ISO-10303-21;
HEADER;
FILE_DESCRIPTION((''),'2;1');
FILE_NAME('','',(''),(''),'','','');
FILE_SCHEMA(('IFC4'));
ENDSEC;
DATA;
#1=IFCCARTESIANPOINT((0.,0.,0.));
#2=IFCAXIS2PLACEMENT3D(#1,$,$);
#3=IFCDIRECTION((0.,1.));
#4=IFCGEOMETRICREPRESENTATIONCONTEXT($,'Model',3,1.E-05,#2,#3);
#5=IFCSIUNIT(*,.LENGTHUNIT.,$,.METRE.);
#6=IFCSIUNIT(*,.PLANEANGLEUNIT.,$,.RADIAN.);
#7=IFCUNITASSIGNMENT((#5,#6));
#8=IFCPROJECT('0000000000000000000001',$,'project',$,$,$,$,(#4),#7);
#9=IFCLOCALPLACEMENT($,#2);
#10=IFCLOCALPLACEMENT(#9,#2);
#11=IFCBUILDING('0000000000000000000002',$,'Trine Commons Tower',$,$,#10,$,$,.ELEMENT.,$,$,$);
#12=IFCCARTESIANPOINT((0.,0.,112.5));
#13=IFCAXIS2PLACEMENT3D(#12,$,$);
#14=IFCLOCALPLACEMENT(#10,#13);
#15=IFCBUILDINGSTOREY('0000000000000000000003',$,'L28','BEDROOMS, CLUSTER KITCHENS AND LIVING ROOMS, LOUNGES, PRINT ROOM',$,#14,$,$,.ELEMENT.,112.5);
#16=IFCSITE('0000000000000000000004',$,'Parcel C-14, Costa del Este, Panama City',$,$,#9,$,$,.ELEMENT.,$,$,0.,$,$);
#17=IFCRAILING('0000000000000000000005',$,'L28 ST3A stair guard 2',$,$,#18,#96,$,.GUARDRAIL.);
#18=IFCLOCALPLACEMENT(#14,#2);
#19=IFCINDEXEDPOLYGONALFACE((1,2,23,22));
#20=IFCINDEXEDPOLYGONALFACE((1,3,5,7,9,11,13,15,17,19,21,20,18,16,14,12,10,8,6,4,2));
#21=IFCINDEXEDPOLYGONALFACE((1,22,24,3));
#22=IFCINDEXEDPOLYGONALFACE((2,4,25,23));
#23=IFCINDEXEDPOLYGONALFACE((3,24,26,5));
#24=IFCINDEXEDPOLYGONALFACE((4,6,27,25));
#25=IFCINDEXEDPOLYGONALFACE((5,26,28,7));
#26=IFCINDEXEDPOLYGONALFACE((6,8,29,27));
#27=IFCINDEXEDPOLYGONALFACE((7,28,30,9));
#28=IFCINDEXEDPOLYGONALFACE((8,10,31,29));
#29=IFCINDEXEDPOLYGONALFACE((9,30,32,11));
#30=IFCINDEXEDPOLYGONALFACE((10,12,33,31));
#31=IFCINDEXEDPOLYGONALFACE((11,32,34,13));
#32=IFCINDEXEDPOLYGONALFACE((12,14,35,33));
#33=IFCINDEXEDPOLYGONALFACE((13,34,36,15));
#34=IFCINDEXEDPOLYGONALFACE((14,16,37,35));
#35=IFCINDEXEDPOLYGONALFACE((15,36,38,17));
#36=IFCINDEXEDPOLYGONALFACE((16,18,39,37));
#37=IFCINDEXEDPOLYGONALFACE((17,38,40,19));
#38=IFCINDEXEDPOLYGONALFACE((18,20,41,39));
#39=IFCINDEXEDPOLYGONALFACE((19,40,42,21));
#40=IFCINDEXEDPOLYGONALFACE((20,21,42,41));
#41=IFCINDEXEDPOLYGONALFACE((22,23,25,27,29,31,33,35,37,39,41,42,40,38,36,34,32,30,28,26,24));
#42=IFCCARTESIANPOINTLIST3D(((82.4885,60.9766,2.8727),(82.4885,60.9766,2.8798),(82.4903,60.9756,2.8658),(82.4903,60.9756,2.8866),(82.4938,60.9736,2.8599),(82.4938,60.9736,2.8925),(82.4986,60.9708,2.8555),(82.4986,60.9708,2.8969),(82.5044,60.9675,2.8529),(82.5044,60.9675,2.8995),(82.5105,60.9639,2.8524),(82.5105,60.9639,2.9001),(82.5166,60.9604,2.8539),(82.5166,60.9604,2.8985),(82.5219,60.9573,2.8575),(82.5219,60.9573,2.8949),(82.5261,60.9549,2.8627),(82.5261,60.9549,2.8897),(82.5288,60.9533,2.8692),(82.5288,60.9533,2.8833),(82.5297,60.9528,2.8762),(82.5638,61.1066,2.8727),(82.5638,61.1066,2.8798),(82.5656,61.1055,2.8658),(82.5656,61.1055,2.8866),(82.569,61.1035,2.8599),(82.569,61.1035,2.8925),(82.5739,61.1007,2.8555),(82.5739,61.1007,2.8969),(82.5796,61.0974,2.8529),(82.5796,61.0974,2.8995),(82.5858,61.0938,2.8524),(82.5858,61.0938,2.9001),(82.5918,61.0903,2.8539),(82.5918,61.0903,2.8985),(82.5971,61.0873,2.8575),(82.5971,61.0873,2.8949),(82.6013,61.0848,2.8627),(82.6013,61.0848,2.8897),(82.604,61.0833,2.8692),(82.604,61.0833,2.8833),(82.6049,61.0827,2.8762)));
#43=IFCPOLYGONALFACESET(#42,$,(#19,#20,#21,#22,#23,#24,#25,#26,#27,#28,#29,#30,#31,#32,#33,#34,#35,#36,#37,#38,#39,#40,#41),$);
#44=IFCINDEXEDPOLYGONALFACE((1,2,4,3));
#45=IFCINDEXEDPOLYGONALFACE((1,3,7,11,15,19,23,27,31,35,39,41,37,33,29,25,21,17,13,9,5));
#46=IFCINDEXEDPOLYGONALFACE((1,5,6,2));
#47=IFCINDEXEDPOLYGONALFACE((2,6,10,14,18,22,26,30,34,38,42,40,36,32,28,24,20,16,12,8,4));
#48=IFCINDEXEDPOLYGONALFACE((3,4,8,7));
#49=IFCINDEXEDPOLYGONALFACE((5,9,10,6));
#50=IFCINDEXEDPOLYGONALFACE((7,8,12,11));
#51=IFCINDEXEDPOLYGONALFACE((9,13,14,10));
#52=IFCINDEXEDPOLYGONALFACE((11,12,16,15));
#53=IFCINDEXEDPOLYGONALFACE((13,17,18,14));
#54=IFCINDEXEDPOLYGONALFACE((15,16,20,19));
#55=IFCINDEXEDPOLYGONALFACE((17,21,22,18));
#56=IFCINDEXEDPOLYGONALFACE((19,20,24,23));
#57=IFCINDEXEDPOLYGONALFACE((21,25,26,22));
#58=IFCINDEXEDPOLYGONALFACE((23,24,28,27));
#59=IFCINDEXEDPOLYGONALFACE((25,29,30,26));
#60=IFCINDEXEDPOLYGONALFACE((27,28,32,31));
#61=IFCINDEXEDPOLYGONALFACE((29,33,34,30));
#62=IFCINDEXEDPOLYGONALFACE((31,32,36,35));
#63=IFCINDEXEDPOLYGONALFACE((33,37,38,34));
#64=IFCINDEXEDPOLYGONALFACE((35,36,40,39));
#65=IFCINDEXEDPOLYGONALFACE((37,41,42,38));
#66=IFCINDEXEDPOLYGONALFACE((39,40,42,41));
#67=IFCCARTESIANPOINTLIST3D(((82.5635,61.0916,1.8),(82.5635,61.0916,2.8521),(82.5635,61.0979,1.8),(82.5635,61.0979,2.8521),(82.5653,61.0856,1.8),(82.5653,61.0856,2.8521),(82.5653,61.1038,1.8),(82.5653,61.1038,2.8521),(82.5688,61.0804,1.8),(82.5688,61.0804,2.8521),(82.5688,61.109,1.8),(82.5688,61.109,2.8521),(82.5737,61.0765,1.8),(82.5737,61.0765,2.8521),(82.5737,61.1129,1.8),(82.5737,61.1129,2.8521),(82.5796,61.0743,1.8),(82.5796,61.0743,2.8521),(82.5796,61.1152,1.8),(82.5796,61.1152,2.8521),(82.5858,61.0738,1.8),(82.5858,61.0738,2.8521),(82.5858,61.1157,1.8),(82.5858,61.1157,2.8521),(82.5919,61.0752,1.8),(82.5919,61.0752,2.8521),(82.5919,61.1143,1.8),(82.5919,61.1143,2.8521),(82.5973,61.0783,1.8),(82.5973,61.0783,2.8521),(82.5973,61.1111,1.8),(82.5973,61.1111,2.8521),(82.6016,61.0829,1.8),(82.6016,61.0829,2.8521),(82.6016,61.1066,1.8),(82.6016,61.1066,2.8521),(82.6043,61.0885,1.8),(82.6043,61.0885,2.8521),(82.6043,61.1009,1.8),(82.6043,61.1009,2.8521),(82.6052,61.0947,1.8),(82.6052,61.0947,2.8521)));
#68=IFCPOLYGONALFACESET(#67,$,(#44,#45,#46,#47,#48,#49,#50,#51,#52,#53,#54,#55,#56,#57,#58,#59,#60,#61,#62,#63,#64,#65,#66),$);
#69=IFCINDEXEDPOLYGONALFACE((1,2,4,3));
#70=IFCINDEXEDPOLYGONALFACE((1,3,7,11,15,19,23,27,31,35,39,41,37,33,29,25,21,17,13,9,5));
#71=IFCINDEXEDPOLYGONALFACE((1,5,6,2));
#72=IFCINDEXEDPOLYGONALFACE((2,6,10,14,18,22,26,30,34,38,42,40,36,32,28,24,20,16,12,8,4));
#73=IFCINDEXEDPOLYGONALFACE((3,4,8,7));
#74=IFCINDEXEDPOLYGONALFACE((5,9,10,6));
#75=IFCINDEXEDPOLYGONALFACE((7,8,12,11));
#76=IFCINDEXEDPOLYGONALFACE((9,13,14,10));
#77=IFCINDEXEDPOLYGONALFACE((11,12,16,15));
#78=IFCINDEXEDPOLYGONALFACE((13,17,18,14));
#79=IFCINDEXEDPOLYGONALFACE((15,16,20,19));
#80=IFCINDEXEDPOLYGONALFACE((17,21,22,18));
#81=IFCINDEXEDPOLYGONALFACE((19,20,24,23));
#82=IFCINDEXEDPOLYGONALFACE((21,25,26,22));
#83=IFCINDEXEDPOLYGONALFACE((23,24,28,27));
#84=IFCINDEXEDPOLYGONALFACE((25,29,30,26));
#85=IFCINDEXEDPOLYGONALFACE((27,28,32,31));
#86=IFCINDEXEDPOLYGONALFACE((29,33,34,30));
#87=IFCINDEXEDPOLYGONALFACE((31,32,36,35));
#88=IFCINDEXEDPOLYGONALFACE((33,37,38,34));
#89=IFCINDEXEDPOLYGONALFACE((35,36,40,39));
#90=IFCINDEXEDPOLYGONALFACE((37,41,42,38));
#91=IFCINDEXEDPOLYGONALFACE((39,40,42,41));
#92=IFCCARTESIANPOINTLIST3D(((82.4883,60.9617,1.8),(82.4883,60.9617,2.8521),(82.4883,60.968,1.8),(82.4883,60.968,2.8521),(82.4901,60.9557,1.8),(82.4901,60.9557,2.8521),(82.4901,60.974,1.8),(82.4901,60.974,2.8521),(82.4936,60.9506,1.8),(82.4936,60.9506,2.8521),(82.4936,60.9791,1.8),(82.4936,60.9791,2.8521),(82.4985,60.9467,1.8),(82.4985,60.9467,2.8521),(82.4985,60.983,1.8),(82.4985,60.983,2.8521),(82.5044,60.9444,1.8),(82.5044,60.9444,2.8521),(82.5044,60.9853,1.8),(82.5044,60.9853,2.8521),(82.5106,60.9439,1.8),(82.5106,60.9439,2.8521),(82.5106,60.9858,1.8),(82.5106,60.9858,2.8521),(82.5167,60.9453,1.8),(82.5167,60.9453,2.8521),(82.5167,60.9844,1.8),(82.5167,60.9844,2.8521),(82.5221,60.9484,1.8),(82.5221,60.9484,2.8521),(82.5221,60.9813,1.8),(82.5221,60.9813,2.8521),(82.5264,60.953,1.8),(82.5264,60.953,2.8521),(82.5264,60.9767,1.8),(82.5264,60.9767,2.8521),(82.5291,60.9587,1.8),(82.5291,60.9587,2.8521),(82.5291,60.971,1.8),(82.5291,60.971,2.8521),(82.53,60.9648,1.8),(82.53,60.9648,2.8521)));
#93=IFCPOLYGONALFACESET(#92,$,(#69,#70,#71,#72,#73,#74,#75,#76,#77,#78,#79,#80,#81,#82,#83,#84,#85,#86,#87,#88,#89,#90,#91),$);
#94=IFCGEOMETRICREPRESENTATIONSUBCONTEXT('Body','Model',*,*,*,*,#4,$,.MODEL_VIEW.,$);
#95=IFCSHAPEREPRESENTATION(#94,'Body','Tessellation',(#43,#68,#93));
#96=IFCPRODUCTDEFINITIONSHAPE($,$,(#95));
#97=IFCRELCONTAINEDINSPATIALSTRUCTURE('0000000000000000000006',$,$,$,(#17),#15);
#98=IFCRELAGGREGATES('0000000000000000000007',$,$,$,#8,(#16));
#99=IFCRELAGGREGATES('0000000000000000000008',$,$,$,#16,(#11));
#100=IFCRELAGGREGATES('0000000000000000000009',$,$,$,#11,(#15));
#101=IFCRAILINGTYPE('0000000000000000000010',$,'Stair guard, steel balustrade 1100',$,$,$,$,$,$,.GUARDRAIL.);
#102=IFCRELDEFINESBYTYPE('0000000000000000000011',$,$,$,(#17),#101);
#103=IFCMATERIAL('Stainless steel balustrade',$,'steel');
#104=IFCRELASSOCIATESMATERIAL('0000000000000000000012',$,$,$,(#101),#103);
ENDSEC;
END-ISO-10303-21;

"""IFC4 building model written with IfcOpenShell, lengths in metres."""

from ifc_helpers import new_model, si_unit, direction, frame, origin, origin_2d, place, context, subcontext, project, spatial, circle, extrude, material, type_object, element, save


model = new_model("IFC4")

# Units and contexts
model_context = context("Model", 3, precision=1e-05, world=origin(), true_north=direction((0.0, 1.0)))
body_context = subcontext(model_context, "Body", "Model", "MODEL_VIEW")
ifc_project = project(units=[si_unit("LENGTHUNIT", "METRE"), si_unit("PLANEANGLEUNIT", "RADIAN")], contexts=[model_context])

# Site, building, storey
site_placement = place(None, origin())
site = spatial("IfcSite", under=ifc_project, at=site_placement, Name="Parcel C-14, Costa del Este, Panama City", CompositionType="ELEMENT", RefElevation=0.0)
building_placement = place(site_placement, origin())
building = spatial("IfcBuilding", under=site, at=building_placement, Name="Trine Commons Tower", CompositionType="ELEMENT")
storey_placement = place(building_placement, frame((0.0, 0.0, 112.5)))
storey = spatial("IfcBuildingStorey", under=building, at=storey_placement, Name="L28", Description="BEDROOMS, CLUSTER KITCHENS AND LIVING ROOMS, LOUNGES, PRINT ROOM", CompositionType="ELEMENT", Elevation=112.5)

# Railing
ifc_material_1 = material(Name="Stainless steel balustrade", Category="steel")
railing_type_1 = type_object("IfcRailingType", Name="Stair guard, steel balustrade 1100", PredefinedType="GUARDRAIL", material=ifc_material_1)
railing_1_placement = place(storey_placement, frame((82.5842, 61.0947, 1.8)))
element("IfcRailing", 1, at=railing_1_placement, inside=storey, type_object=railing_type_1, Name="L28 ST3A stair guard 2", PredefinedType="GUARDRAIL", context=body_context, shape_type="SweptSolid", body=[
    extrude(circle(Radius=0.0239, at=origin_2d()), frame((0.0, 0.0, 1.0762), z_axis=(-0.501036, -0.865426, 0.0), x_axis=(0.865426, -0.501036, 0.0)), (0.0, 0.0, 1.0), 0.1501),
    extrude(circle(Radius=0.021, at=origin_2d()), origin(), (0.0, 0.0, 1.0), 1.052),
    extrude(circle(Radius=0.021, at=origin_2d()), frame((-0.0752, -0.1299, 0.0)), (0.0, 0.0, 1.0), 1.052),
])

save(model, "model.ifc")
